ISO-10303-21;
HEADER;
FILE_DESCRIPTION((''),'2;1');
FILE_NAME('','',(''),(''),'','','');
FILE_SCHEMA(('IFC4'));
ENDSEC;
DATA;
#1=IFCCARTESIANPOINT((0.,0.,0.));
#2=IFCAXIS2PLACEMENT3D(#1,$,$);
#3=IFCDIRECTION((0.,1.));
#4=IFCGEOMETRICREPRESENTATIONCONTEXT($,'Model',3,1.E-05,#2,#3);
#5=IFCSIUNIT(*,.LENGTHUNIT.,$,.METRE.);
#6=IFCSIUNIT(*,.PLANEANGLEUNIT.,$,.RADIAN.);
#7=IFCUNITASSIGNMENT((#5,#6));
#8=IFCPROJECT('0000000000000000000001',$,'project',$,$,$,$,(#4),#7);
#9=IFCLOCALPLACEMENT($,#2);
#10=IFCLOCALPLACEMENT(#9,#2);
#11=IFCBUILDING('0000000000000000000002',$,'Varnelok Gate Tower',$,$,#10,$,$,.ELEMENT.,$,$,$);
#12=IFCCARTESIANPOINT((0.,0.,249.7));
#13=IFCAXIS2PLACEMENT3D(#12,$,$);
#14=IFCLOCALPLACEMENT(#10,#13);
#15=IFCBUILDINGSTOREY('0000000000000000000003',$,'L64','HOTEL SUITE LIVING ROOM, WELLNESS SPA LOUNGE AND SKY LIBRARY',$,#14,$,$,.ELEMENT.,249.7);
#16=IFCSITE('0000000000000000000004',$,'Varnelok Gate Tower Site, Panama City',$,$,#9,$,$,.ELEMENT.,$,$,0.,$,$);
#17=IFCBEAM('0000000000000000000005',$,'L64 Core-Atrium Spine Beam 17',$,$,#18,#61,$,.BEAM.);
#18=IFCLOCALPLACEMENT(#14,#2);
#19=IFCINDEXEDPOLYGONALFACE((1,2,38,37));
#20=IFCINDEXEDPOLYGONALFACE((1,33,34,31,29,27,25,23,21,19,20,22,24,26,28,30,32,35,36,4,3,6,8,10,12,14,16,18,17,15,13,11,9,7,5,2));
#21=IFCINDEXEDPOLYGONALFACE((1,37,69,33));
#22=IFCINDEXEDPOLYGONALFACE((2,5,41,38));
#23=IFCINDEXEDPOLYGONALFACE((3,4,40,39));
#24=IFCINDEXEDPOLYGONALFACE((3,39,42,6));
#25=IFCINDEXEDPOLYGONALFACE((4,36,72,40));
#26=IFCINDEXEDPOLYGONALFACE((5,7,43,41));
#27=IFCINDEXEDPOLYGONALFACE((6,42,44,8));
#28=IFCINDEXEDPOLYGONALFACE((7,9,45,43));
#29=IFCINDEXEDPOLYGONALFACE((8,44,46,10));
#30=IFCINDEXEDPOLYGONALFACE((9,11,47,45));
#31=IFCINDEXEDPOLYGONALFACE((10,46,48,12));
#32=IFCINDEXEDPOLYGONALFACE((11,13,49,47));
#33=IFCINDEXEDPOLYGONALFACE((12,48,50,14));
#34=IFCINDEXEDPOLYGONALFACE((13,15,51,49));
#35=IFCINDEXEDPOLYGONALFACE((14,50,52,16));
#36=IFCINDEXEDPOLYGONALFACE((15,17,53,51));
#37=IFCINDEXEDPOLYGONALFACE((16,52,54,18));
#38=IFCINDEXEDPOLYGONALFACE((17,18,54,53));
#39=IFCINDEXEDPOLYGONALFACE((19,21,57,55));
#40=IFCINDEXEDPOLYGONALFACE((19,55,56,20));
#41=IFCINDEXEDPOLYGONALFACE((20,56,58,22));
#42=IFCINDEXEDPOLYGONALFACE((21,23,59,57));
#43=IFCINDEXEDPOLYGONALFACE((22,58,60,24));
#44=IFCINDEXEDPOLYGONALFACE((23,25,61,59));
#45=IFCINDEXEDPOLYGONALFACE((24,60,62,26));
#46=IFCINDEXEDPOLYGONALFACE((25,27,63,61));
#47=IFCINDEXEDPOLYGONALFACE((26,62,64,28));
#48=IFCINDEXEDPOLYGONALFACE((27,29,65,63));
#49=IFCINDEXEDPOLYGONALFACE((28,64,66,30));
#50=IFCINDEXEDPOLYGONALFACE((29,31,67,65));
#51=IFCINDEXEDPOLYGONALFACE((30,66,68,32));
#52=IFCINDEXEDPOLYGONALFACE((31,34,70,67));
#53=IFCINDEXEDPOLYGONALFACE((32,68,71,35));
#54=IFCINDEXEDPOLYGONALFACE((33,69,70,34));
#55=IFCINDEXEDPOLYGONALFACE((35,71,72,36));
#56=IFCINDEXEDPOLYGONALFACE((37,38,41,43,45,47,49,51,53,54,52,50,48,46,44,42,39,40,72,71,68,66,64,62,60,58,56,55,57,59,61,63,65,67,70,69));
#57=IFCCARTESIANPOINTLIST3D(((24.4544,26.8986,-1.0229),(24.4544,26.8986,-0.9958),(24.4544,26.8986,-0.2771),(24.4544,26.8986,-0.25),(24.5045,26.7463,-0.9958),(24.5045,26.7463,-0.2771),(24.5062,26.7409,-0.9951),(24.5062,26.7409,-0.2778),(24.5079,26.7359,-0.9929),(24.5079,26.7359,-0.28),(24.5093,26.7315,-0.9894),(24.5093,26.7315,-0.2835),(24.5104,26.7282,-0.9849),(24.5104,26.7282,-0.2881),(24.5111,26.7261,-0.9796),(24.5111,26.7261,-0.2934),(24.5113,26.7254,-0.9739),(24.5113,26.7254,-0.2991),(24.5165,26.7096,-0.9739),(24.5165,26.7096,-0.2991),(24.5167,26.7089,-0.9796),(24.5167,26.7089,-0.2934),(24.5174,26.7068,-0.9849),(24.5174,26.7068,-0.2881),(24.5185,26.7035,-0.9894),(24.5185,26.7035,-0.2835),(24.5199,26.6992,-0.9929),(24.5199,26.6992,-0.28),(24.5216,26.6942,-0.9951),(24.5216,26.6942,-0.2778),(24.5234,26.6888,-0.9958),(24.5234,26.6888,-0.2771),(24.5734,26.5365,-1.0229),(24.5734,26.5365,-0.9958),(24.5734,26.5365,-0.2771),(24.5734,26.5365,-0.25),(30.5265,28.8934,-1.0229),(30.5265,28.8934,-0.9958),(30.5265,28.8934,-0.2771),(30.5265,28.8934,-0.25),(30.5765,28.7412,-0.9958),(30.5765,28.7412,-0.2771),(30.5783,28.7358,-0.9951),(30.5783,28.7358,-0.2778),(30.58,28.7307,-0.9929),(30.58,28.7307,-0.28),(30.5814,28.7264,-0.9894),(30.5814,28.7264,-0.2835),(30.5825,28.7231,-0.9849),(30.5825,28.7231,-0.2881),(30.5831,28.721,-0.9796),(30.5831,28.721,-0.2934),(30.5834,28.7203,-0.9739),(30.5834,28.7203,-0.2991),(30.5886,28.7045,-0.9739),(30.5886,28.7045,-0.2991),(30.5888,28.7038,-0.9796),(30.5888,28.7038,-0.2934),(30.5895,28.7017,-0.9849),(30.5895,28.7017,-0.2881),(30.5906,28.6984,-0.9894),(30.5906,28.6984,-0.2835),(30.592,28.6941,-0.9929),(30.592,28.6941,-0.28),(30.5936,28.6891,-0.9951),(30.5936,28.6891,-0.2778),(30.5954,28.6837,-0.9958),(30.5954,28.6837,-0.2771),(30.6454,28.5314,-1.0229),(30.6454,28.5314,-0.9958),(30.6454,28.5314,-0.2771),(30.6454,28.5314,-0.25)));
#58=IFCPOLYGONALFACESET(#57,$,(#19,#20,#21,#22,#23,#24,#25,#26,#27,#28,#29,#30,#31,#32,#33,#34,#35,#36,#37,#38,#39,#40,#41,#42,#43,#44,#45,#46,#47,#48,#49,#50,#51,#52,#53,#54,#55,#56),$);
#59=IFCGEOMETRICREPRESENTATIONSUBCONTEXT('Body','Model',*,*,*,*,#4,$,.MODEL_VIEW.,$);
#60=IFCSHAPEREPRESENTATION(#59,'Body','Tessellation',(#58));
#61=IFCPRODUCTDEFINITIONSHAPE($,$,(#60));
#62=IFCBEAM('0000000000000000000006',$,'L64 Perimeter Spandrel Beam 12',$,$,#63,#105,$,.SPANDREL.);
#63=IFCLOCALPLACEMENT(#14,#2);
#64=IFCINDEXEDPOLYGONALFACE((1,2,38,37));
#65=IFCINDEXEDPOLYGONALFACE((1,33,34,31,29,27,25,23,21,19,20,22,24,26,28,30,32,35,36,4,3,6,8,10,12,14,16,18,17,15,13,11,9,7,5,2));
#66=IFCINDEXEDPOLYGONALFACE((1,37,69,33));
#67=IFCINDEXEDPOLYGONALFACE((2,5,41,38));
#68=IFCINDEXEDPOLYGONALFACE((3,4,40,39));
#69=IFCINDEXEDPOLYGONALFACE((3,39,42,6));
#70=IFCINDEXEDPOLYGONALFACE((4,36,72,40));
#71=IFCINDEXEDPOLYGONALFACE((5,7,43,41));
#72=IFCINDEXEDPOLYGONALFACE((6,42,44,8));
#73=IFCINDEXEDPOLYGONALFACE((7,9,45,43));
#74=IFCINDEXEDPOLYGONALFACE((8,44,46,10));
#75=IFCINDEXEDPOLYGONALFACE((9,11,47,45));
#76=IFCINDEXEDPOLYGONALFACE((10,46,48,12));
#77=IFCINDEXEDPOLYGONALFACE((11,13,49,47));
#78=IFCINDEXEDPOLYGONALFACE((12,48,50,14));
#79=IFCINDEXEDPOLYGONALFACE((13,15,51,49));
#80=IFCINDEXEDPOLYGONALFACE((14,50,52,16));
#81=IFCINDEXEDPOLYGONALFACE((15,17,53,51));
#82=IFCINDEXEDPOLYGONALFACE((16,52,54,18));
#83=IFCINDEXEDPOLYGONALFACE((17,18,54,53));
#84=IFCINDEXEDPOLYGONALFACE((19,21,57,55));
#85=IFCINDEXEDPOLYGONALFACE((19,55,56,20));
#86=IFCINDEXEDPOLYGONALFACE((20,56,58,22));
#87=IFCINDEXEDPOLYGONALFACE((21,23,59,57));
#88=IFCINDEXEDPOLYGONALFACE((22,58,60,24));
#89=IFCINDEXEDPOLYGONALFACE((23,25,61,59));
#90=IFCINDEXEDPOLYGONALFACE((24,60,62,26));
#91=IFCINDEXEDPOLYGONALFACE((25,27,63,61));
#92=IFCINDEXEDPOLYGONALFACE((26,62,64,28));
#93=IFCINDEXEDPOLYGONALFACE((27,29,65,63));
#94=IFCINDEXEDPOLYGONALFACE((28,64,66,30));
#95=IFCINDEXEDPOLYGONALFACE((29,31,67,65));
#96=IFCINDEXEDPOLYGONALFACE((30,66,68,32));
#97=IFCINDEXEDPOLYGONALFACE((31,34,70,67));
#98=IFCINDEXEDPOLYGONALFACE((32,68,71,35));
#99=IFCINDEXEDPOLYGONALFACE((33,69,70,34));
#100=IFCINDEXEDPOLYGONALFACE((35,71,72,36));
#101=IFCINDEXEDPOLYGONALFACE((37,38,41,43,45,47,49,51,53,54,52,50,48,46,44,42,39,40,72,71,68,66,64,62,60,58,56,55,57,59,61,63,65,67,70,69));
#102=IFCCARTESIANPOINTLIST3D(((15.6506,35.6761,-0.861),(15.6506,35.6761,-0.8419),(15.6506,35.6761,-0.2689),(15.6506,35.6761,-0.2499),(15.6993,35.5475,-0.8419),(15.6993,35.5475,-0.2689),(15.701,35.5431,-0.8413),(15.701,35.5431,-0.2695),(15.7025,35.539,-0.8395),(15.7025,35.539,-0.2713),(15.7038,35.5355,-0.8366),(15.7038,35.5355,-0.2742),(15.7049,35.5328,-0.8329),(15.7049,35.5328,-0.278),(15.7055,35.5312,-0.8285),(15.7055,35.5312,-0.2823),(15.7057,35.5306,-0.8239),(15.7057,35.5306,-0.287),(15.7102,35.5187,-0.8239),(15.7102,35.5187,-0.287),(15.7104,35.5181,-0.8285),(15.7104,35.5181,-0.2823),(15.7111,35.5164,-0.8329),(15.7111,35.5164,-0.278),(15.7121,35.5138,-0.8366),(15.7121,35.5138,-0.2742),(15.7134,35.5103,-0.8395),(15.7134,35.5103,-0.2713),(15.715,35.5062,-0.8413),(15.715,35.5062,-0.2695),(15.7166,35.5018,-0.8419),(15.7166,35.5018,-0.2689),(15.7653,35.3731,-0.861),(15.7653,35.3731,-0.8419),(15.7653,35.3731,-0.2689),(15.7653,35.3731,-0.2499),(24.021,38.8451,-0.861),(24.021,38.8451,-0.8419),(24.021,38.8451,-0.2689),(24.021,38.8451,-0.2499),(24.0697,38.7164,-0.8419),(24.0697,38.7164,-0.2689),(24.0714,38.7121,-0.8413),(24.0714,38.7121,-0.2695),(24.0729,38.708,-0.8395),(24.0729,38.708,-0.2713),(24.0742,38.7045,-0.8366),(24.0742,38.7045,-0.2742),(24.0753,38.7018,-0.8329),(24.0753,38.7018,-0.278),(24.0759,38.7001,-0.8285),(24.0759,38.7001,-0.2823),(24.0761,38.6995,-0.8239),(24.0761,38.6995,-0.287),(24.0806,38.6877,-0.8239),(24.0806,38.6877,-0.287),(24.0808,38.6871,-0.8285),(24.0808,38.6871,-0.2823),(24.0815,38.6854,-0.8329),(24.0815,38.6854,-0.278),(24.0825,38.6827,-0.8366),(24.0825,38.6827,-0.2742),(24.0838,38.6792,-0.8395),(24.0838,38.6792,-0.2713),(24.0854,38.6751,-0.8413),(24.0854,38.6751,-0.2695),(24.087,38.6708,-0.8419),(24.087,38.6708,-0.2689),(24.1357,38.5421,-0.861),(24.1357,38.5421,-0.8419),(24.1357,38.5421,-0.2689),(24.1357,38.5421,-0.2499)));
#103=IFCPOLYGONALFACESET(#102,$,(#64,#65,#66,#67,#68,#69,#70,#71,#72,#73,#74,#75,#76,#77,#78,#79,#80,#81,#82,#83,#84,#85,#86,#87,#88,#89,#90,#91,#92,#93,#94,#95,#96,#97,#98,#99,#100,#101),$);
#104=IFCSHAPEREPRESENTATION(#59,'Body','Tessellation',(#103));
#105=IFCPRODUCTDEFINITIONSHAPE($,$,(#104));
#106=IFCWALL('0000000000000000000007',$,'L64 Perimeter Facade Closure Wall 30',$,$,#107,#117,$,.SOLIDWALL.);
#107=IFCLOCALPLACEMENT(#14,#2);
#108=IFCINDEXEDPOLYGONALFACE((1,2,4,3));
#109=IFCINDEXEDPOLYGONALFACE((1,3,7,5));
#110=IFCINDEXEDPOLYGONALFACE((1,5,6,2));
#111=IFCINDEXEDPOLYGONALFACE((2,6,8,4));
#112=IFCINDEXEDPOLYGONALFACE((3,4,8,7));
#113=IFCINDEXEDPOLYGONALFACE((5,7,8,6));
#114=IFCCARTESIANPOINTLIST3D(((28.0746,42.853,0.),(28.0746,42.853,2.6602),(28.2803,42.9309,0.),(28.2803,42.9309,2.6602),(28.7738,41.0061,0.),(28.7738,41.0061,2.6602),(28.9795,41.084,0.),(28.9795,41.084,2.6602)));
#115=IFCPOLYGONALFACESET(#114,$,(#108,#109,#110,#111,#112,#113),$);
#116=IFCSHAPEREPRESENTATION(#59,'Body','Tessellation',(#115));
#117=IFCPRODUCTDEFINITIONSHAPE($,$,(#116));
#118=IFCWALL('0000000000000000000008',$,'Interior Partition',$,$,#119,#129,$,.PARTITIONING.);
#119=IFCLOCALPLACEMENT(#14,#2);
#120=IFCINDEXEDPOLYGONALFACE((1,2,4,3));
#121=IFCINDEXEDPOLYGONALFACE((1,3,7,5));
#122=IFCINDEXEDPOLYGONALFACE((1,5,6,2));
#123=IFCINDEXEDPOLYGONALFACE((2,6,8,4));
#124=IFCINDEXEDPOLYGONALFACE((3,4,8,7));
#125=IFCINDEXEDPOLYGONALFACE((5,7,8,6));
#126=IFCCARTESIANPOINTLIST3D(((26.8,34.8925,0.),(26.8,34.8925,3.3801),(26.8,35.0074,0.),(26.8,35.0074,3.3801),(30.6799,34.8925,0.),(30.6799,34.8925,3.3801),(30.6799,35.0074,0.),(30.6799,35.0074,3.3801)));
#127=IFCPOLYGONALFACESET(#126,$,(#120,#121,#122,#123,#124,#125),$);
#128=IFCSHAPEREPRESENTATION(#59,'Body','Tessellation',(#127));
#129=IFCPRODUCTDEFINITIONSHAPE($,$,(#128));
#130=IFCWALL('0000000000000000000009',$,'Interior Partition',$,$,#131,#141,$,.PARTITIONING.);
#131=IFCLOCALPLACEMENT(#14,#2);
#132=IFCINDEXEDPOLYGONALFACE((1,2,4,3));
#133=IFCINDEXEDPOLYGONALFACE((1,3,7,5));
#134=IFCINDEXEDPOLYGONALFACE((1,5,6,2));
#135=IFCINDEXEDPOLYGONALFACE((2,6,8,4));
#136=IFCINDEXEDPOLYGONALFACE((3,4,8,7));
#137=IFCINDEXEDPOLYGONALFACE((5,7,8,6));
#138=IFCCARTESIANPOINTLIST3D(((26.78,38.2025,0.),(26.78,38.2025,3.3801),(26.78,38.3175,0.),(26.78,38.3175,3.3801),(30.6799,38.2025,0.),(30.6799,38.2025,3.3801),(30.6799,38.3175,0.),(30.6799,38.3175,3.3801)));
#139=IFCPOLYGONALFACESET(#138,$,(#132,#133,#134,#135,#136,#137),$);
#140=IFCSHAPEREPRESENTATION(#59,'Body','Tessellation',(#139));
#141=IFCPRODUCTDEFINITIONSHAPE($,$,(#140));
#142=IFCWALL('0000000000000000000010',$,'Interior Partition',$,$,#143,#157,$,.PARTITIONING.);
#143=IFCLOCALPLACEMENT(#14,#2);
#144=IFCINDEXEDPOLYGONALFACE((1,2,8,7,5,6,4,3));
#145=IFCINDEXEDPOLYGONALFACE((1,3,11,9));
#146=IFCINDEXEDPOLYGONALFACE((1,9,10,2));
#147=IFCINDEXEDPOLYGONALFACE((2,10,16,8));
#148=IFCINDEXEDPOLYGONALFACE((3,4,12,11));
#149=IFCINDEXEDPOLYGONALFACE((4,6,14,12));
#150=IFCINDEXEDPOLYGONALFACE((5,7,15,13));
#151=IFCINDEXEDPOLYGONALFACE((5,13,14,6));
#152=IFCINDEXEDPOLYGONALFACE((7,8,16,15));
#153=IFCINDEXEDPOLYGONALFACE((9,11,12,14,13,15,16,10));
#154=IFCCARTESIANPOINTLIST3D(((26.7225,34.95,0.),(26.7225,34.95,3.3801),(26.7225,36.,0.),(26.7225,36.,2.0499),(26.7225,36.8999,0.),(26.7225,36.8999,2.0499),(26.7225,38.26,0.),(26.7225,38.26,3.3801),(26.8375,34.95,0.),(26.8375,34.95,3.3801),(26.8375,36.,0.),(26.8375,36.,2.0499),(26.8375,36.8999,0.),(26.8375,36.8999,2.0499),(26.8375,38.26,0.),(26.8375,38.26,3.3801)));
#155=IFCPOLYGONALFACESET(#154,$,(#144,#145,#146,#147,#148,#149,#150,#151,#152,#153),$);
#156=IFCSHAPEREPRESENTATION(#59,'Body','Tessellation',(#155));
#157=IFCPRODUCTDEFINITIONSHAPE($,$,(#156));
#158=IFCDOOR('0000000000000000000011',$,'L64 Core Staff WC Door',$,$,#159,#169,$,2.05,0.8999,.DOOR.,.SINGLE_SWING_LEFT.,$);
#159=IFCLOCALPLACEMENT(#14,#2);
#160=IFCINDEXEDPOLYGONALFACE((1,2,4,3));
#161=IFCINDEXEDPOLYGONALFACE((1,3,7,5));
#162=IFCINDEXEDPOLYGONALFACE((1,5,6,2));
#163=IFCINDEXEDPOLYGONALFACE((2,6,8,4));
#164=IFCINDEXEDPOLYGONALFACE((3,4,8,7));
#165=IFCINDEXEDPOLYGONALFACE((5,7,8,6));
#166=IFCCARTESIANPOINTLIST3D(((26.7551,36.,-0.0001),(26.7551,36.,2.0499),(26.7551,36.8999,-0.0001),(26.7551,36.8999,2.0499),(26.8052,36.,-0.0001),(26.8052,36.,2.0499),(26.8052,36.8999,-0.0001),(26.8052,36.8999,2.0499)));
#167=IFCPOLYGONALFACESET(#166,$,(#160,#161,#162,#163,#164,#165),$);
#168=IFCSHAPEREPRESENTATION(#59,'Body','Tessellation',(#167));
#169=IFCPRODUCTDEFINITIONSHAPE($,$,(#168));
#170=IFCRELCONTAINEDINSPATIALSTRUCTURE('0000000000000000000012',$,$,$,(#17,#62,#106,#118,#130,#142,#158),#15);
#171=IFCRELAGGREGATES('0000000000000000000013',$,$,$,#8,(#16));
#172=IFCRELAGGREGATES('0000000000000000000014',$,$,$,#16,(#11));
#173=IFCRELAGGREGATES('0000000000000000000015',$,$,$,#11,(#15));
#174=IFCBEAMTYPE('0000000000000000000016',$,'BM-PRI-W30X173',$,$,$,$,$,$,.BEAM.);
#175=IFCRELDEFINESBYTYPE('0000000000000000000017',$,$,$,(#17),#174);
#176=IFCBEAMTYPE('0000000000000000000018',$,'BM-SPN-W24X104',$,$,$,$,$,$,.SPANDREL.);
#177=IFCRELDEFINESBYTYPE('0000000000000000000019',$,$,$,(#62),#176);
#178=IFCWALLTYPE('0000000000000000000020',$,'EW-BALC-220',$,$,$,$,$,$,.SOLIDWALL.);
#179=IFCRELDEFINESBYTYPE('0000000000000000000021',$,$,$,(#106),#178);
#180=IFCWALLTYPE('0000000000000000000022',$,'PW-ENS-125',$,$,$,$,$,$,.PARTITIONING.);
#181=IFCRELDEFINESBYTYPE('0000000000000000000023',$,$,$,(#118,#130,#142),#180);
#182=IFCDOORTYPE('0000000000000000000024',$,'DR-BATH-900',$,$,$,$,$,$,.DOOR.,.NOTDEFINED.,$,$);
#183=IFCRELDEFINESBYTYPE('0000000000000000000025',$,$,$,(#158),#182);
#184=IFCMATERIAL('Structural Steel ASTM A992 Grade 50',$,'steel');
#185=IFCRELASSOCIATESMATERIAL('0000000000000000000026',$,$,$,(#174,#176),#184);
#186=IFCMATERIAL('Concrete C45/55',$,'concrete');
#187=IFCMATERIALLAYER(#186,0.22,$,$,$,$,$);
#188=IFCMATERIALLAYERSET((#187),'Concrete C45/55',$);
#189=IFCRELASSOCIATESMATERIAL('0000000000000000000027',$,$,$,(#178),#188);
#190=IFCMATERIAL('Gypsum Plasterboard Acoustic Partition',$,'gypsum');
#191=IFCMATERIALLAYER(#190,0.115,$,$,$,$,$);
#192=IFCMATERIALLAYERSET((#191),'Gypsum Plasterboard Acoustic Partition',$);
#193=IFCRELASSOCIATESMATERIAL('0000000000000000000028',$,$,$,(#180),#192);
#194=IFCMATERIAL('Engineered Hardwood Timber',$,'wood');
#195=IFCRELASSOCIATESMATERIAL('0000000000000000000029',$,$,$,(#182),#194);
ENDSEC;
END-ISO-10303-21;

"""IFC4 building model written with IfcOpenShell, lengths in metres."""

from ifc_helpers import new_model, si_unit, direction, frame, frame_2d, origin, origin_2d, place, context, subcontext, project, spatial, rectangle, i_section, extrude, material, layer, layer_set, material_profile, profile_set, type_object, element, fill, save


model = new_model("IFC4")

# Units and contexts
model_context = context("Model", 3, precision=1e-05, world=origin(), true_north=direction((0.0, 1.0)))
body_context = subcontext(model_context, "Body", "Model", "MODEL_VIEW")
ifc_project = project(units=[si_unit("LENGTHUNIT", "METRE"), si_unit("PLANEANGLEUNIT", "RADIAN")], contexts=[model_context])

# Site, building, storey
site_placement = place(None, origin())
site = spatial("IfcSite", under=ifc_project, at=site_placement, Name="Varnelok Gate Tower Site, Panama City", CompositionType="ELEMENT", RefElevation=0.0)
building_placement = place(site_placement, origin())
building = spatial("IfcBuilding", under=site, at=building_placement, Name="Varnelok Gate Tower", CompositionType="ELEMENT")
storey_placement = place(building_placement, frame((0.0, 0.0, 249.7)))
storey = spatial("IfcBuildingStorey", under=building, at=storey_placement, Name="L64", Description="HOTEL SUITE LIVING ROOM, WELLNESS SPA LOUNGE AND SKY LIBRARY", CompositionType="ELEMENT", Elevation=249.7)

# Shared definitions
ifc_material_1 = material(Name="Structural Steel ASTM A992 Grade 50", Category="steel")

# Beams
ifc_material_profile_1 = material_profile(ifc_material_1, i_section(OverallWidth=0.3811, OverallDepth=0.7729, WebThickness=0.0166, FlangeThickness=0.0271, FilletRadius=0.022, at=origin_2d()), Name="W30X173")
ifc_profile_set_1 = profile_set([ifc_material_profile_1], Name="Structural Steel ASTM A992 Grade 50")
beam_type_1 = type_object("IfcBeamType", Name="BM-PRI-W30X173", PredefinedType="BEAM", material=ifc_profile_set_1)
beam_1_placement = place(storey_placement, frame((24.5139, 26.7175, -0.6365), z_axis=(0.950042, 0.312122, 0.0), x_axis=(-0.312122, 0.950042, 0.0)))
element("IfcBeam", 1, at=beam_1_placement, inside=storey, type_object=beam_type_1, Name="L64 Core-Atrium Spine Beam 17", PredefinedType="BEAM", context=body_context, shape_type="SweptSolid", body=[
    extrude(i_section(OverallWidth=0.3811, OverallDepth=0.7729, WebThickness=0.0166, FlangeThickness=0.0271, FilletRadius=0.022, at=origin_2d()), origin(), (0.0, 0.0, 1.0), 6.3914),
])
ifc_material_profile_2 = material_profile(ifc_material_1, i_section(OverallWidth=0.324, OverallDepth=0.6111, WebThickness=0.0127, FlangeThickness=0.019, FilletRadius=0.0181, at=origin_2d()), Name="W24X104")
ifc_profile_set_2 = profile_set([ifc_material_profile_2], Name="Structural Steel ASTM A992 Grade 50")
beam_type_2 = type_object("IfcBeamType", Name="BM-SPN-W24X104", PredefinedType="SPANDREL", material=ifc_profile_set_2)
beam_2_placement = place(storey_placement, frame((24.0784, 38.6936, -0.5554), z_axis=(-0.93522, -0.354066, 0.0), x_axis=(0.354066, -0.93522, 0.0)))
element("IfcBeam", 2, at=beam_2_placement, inside=storey, type_object=beam_type_2, Name="L64 Perimeter Spandrel Beam 12", PredefinedType="SPANDREL", context=body_context, shape_type="SweptSolid", body=[
    extrude(i_section(OverallWidth=0.324, OverallDepth=0.6111, WebThickness=0.0127, FlangeThickness=0.019, FilletRadius=0.0181, at=origin_2d()), origin(), (0.0, 0.0, 1.0), 8.9502),
])

# Walls
ifc_material_2 = material(Name="Concrete C45/55", Category="concrete")
ifc_layer_1 = layer(ifc_material_2, 0.22)
ifc_layer_set_1 = layer_set([ifc_layer_1], Name="Concrete C45/55")
wall_type_1 = type_object("IfcWallType", Name="EW-BALC-220", PredefinedType="SOLIDWALL", material=ifc_layer_set_1)
wall_1_placement = place(storey_placement, frame((28.1775, 42.8918, 0.0), z_axis=(0.0, 0.0, 1.0), x_axis=(0.354062, -0.935222, 0.0)))
element("IfcWall", 3, at=wall_1_placement, inside=storey, type_object=wall_type_1, Name="L64 Perimeter Facade Closure Wall 30", PredefinedType="SOLIDWALL", context=body_context, shape_type="SweptSolid", body=[
    extrude(rectangle(XDim=1.9749, YDim=0.22, at=frame_2d((0.9873, 0.0))), origin(), (0.0, 0.0, 1.0), 2.6602),
])
ifc_material_3 = material(Name="Gypsum Plasterboard Acoustic Partition", Category="gypsum")
ifc_layer_2 = layer(ifc_material_3, 0.115)
ifc_layer_set_2 = layer_set([ifc_layer_2], Name="Gypsum Plasterboard Acoustic Partition")
wall_type_2 = type_object("IfcWallType", Name="PW-ENS-125", PredefinedType="PARTITIONING", material=ifc_layer_set_2)
wall_2_placement = place(storey_placement, frame((26.8, 34.95, 0.0), z_axis=(0.0, 0.0, 1.0), x_axis=(1.0, 0.0, 0.0)))
element("IfcWall", 4, at=wall_2_placement, inside=storey, type_object=wall_type_2, Name="Interior Partition", PredefinedType="PARTITIONING", context=body_context, shape_type="SweptSolid", body=[
    extrude(rectangle(XDim=3.8799, YDim=0.115, at=frame_2d((1.9399, 0.0))), origin(), (0.0, 0.0, 1.0), 3.3801),
])
wall_3_placement = place(storey_placement, frame((26.78, 38.26, 0.0), z_axis=(0.0, 0.0, 1.0), x_axis=(1.0, 0.0, 0.0)))
element("IfcWall", 5, at=wall_3_placement, inside=storey, type_object=wall_type_2, Name="Interior Partition", PredefinedType="PARTITIONING", context=body_context, shape_type="SweptSolid", body=[
    extrude(rectangle(XDim=3.8999, YDim=0.115, at=frame_2d((1.95, 0.0))), origin(), (0.0, 0.0, 1.0), 3.3801),
])

# Wall, opening, door
wall_4_placement = place(storey_placement, frame((26.78, 34.95, 0.0), z_axis=(0.0, 0.0, 1.0), x_axis=(0.0, 1.0, 0.0)))
wall_4 = element("IfcWall", 6, at=wall_4_placement, inside=storey, type_object=wall_type_2, Name="Interior Partition", PredefinedType="PARTITIONING", context=body_context, shape_type="SweptSolid", body=[
    extrude(rectangle(XDim=3.3101, YDim=0.115, at=frame_2d((1.655, 0.0))), origin(), (0.0, 0.0, 1.0), 3.3801),
])
opening_1_placement = place(wall_4_placement, frame((1.05, 0.0, 0.0)))
opening_1 = element("IfcOpeningElement", 7, at=opening_1_placement, cuts=wall_4, PredefinedType="OPENING", context=body_context, shape_type="SweptSolid", body=[
    extrude(rectangle(XDim=0.8999, YDim=2.05, at=frame_2d((0.45, 1.0249))), frame((0.0, 0.0674, 0.0), z_axis=(0.0, -1.0, 0.0), x_axis=(1.0, 0.0, 0.0)), (0.0, 0.0, 1.0), 0.135),
])
ifc_material_4 = material(Name="Engineered Hardwood Timber", Category="wood")
door_type_1 = type_object("IfcDoorType", Name="DR-BATH-900", OperationType="NOTDEFINED", PredefinedType="DOOR", material=ifc_material_4)
door_1_placement = place(opening_1_placement, origin())
door_1 = element("IfcDoor", 8, at=door_1_placement, inside=storey, type_object=door_type_1, Name="L64 Core Staff WC Door", OperationType="SINGLE_SWING_LEFT", OverallHeight=2.05, OverallWidth=0.8999, PredefinedType="DOOR", context=body_context, shape_type="SweptSolid", body=[
    extrude(rectangle(XDim=0.8999, YDim=2.05, at=frame_2d((0.45, 1.0249))), frame((0.0, 0.0249, 0.0), z_axis=(0.0, -1.0, 0.0), x_axis=(1.0, 0.0, 0.0)), (0.0, 0.0, 1.0), 0.05),
])
fill(opening_1, door_1)

save(model, "model.ifc")
